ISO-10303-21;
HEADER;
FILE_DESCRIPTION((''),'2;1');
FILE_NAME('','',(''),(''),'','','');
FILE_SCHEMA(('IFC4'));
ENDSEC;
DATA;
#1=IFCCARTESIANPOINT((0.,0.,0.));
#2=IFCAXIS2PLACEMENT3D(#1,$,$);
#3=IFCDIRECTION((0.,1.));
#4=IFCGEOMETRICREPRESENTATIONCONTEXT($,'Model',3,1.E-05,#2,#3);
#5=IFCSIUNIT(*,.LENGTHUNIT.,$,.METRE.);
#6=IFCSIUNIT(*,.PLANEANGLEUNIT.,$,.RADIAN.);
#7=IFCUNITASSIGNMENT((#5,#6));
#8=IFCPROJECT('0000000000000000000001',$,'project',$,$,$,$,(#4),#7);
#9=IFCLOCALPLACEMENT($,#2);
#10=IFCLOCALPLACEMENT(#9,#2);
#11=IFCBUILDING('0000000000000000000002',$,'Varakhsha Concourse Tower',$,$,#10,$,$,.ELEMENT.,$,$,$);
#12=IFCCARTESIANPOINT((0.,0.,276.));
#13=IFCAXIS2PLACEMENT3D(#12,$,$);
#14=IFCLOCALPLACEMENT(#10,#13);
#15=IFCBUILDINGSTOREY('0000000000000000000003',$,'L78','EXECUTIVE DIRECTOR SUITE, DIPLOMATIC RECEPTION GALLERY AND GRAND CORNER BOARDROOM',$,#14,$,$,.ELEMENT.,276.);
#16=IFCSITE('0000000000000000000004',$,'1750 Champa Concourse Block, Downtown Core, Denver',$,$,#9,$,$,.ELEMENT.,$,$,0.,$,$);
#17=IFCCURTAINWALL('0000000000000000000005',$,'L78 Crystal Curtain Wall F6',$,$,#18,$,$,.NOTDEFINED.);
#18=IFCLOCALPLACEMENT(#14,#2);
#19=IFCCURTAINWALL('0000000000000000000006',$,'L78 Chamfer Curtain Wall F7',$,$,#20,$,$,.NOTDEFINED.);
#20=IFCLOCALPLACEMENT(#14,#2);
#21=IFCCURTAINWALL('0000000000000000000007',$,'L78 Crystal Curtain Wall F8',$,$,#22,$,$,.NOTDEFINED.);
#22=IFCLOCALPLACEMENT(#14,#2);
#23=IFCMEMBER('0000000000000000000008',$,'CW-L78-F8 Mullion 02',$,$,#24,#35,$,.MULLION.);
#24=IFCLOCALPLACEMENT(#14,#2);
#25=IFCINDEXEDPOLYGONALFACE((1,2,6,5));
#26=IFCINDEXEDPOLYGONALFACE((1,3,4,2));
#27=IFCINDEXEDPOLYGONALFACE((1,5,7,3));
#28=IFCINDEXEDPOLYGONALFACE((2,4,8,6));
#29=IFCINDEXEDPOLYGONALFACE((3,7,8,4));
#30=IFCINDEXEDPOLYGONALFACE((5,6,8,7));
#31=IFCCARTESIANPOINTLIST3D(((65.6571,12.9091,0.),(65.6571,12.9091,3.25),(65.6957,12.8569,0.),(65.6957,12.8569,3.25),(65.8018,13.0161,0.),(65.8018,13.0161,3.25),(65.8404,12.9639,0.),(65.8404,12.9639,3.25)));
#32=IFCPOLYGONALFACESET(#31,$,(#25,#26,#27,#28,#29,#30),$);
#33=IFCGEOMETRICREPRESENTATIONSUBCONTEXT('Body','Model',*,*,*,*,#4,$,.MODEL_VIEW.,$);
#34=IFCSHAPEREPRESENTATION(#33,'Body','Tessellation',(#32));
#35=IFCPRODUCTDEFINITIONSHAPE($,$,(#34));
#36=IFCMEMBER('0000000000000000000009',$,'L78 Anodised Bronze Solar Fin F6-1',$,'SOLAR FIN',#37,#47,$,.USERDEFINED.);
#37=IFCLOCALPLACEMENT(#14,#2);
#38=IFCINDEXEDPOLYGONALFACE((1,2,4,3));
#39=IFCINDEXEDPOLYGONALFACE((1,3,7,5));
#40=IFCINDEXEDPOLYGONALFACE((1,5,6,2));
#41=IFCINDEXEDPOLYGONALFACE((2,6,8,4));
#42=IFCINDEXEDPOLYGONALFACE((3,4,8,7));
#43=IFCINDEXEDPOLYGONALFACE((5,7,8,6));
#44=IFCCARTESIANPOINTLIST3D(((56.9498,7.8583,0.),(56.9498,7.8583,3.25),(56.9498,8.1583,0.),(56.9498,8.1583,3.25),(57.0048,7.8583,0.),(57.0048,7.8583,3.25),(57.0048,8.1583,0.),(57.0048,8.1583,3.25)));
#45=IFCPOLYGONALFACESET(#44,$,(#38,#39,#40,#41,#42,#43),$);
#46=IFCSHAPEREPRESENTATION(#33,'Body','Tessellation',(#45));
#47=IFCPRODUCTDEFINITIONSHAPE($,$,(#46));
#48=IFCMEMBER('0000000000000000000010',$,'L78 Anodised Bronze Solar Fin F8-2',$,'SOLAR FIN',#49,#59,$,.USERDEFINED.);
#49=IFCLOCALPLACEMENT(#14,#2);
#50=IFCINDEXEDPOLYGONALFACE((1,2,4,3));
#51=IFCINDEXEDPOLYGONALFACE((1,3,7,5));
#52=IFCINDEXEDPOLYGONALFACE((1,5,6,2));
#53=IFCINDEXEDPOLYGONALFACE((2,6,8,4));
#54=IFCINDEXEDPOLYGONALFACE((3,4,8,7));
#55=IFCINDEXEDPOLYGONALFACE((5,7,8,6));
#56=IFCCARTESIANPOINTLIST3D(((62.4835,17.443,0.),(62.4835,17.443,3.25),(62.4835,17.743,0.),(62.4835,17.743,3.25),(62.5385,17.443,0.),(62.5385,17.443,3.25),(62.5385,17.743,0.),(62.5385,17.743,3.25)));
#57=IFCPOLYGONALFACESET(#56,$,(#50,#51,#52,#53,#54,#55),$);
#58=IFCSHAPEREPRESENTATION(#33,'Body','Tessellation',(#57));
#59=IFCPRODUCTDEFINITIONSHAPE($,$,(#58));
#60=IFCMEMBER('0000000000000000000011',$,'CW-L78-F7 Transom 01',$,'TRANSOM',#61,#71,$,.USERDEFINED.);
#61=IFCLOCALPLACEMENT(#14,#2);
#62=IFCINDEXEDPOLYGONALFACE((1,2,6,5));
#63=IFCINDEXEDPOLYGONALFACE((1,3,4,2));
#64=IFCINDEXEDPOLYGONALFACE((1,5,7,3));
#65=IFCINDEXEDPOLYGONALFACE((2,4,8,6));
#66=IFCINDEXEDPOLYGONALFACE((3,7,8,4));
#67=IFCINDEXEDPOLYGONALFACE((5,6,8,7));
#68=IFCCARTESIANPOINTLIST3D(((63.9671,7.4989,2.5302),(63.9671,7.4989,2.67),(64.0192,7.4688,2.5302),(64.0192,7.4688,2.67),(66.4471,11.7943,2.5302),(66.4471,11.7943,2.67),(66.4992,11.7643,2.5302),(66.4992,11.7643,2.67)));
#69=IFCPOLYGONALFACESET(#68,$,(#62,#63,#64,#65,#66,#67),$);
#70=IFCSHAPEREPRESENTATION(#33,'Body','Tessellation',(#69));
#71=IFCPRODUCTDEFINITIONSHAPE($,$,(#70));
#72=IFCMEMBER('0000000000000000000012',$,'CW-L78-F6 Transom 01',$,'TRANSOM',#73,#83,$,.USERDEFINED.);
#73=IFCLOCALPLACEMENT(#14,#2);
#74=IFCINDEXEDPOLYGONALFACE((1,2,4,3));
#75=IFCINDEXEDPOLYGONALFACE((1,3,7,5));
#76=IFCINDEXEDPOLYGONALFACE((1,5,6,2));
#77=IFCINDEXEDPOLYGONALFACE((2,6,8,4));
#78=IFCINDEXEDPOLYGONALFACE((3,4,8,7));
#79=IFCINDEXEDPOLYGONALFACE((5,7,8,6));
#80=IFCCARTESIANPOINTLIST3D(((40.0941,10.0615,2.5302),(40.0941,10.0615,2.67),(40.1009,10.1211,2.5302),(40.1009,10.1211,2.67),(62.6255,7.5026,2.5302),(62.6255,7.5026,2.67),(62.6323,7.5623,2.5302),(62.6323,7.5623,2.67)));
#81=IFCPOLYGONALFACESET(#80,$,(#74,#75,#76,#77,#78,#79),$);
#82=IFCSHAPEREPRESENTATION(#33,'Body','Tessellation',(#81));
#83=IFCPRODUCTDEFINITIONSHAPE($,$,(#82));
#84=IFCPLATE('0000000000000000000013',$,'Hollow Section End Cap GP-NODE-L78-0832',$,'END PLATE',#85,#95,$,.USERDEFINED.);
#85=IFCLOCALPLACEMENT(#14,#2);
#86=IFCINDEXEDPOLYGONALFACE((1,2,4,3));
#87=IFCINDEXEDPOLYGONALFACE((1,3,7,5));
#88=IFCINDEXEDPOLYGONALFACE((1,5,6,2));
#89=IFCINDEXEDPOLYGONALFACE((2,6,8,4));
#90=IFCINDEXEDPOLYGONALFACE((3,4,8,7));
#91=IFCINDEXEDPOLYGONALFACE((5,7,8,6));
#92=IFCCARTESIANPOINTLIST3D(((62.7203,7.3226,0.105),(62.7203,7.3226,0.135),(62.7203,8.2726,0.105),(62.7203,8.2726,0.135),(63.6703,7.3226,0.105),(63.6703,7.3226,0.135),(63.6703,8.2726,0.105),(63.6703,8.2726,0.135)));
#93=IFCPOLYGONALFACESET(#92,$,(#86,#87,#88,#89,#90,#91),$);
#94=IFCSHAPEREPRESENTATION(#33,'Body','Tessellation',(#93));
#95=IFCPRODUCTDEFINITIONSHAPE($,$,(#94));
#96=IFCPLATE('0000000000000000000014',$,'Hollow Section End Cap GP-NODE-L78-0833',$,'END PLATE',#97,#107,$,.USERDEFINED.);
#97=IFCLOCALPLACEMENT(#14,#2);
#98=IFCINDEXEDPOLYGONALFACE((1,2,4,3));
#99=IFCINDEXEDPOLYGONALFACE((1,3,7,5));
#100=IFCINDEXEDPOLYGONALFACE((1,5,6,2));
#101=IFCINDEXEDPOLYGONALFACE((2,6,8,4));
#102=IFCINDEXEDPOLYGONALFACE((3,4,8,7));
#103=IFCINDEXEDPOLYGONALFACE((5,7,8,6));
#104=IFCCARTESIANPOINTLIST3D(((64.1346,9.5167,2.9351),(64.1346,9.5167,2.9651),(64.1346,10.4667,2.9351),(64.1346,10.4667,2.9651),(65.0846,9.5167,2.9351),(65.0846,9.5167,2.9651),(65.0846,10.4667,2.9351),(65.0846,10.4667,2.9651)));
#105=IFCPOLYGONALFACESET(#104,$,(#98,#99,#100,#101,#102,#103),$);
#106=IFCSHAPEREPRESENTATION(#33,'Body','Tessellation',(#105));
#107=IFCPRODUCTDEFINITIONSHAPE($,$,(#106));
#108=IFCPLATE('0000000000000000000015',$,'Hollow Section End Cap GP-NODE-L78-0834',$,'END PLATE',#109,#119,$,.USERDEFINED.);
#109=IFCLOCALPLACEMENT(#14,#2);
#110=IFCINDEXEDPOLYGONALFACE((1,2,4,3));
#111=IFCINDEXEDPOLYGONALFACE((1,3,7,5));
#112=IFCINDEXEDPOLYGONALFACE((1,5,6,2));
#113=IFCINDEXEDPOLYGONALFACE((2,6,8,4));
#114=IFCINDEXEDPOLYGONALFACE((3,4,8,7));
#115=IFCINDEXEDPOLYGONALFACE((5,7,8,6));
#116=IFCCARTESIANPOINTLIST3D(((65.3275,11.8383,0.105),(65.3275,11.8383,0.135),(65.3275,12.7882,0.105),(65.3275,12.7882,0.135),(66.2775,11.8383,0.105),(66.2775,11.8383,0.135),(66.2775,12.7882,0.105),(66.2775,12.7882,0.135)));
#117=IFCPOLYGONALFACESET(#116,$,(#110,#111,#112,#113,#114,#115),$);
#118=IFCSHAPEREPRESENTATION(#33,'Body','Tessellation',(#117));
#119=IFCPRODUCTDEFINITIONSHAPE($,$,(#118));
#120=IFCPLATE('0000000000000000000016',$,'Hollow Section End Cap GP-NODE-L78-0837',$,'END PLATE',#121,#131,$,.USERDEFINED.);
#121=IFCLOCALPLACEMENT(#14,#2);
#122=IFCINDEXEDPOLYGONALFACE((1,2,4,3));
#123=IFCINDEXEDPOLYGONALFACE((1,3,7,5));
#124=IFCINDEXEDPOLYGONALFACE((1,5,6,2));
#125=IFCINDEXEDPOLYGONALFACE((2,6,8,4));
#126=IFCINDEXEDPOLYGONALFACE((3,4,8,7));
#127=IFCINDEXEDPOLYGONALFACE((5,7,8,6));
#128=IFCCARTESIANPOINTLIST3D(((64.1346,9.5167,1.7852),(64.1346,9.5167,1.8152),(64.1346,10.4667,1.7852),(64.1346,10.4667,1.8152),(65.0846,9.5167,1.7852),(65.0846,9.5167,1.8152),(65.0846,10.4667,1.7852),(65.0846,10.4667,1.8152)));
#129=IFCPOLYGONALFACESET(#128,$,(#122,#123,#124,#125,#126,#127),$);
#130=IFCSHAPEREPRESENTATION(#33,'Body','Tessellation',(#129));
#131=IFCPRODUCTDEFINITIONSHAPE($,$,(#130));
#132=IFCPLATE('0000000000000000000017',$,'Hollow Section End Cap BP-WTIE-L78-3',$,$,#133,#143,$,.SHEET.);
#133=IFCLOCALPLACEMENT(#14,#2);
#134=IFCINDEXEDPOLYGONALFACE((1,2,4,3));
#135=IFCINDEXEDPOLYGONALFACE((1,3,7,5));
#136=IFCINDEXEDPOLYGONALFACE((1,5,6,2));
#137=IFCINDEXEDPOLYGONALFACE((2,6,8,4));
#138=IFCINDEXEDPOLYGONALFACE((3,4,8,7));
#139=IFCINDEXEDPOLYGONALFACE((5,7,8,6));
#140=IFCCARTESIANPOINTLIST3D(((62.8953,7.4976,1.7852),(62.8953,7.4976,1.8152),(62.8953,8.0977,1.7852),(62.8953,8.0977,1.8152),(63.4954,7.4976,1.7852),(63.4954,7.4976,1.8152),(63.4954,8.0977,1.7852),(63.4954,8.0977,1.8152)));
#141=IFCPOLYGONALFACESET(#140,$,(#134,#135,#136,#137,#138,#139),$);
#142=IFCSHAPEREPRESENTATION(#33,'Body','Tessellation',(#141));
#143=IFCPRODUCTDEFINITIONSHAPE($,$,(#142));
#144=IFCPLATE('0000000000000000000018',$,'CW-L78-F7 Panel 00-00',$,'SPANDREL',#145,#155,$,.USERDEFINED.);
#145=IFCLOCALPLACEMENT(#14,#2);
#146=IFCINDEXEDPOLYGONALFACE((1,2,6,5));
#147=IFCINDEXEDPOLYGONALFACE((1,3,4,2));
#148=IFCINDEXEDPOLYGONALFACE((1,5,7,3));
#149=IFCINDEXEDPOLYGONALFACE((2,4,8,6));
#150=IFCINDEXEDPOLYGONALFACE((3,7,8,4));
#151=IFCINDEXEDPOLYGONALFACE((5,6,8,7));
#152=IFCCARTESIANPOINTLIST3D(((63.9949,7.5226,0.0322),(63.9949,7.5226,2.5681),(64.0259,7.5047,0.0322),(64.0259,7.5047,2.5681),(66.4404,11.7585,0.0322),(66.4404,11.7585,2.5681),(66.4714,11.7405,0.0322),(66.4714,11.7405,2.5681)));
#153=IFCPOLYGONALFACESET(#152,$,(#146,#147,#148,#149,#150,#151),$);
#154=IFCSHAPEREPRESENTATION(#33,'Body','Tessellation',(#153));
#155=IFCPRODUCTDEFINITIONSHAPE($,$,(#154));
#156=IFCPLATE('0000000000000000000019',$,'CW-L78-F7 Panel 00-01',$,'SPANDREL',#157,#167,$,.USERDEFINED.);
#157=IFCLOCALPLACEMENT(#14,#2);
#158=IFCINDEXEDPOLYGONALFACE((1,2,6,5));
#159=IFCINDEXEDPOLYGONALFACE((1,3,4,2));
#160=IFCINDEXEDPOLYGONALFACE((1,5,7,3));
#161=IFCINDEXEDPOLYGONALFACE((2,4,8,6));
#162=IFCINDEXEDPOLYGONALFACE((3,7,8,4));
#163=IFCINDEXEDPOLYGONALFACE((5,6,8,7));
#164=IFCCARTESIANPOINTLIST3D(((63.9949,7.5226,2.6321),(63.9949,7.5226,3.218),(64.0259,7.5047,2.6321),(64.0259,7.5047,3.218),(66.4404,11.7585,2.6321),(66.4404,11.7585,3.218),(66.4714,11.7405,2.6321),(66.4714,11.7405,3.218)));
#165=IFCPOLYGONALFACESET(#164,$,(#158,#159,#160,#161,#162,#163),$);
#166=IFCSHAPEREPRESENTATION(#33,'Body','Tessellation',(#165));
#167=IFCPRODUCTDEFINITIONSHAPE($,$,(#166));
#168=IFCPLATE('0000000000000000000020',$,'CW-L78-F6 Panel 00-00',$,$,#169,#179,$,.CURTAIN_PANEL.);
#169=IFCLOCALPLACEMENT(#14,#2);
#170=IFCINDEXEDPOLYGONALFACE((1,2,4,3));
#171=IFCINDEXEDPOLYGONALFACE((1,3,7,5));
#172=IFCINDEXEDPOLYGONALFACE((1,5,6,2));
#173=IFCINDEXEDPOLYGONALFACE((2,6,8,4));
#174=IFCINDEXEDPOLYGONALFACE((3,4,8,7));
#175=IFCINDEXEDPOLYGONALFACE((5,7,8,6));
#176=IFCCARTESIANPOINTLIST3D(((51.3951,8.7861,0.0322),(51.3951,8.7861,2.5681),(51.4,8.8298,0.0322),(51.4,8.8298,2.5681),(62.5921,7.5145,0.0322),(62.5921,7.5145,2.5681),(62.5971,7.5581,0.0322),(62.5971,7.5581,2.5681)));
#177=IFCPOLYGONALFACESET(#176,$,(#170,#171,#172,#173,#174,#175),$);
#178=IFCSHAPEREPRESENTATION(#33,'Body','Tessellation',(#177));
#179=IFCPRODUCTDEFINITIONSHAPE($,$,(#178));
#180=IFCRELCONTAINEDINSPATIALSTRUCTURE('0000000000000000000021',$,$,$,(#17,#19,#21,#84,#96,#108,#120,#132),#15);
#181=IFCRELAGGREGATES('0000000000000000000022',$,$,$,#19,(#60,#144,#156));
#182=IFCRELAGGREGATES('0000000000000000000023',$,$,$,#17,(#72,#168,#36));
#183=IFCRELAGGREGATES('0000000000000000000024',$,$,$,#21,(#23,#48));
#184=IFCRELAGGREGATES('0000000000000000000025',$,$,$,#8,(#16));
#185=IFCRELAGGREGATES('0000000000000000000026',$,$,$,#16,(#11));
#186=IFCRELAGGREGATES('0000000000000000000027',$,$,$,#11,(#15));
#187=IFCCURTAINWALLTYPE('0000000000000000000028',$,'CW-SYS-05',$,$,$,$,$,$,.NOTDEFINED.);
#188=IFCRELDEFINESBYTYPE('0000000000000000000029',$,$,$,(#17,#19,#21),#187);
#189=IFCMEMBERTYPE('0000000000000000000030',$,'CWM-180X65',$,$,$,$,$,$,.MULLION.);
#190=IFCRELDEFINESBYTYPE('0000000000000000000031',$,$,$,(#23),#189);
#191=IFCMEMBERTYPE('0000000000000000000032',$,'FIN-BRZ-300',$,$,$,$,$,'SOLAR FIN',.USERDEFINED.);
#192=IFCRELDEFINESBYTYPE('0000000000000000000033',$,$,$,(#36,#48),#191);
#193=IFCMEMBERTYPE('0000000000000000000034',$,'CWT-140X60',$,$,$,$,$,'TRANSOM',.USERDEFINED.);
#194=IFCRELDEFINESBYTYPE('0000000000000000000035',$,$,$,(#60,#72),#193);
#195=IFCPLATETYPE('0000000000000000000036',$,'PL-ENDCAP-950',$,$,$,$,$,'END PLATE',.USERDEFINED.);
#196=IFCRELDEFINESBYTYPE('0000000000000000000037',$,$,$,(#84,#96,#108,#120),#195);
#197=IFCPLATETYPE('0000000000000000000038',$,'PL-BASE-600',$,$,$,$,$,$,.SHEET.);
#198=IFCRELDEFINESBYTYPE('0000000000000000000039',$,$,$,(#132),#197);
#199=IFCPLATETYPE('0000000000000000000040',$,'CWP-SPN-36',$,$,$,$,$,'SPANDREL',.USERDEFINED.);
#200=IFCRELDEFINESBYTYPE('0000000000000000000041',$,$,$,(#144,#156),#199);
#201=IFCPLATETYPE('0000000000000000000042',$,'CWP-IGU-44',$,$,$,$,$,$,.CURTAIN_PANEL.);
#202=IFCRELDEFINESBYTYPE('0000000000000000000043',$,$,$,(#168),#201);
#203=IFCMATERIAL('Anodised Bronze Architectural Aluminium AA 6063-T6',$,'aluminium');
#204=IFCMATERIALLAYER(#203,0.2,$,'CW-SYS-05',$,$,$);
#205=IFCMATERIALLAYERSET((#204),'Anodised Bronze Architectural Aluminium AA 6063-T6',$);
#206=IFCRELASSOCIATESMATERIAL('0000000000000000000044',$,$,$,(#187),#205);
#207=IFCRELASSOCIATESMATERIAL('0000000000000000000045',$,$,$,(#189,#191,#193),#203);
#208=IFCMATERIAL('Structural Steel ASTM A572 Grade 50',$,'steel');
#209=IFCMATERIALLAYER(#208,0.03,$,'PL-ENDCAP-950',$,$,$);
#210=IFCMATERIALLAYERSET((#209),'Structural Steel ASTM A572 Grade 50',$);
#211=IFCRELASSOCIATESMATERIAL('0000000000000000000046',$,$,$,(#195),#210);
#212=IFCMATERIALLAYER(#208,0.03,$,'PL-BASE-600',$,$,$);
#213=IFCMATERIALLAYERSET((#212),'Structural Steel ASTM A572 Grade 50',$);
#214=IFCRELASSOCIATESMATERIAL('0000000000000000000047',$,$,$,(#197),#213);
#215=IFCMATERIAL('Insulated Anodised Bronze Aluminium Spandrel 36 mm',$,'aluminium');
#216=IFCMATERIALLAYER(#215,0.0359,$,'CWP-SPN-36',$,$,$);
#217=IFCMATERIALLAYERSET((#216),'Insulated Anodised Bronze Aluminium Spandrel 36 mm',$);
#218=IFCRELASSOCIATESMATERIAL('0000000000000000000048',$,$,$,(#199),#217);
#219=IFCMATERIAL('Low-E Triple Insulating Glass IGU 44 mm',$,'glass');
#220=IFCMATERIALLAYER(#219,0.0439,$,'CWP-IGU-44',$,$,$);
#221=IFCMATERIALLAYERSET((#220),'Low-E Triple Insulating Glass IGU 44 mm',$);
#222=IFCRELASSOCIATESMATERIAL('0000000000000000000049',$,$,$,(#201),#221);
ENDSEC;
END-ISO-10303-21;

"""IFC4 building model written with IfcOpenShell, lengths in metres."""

from ifc_helpers import new_model, si_unit, direction, frame, origin, origin_2d, place, context, subcontext, project, spatial, rectangle, extrude, source, transform, mapped, material, layer, layer_set, material_profile, profile_set, type_object, type_shapes, element, aggregate, save


model = new_model("IFC4")

# Units and contexts
model_context = context("Model", 3, precision=1e-05, world=origin(), true_north=direction((0.0, 1.0)))
body_context = subcontext(model_context, "Body", "Model", "MODEL_VIEW")
ifc_project = project(units=[si_unit("LENGTHUNIT", "METRE"), si_unit("PLANEANGLEUNIT", "RADIAN")], contexts=[model_context])

# Site, building, storey
site_placement = place(None, origin())
site = spatial("IfcSite", under=ifc_project, at=site_placement, Name="1750 Champa Concourse Block, Downtown Core, Denver", CompositionType="ELEMENT", RefElevation=0.0)
building_placement = place(site_placement, origin())
building = spatial("IfcBuilding", under=site, at=building_placement, Name="Varakhsha Concourse Tower", CompositionType="ELEMENT")
storey_placement = place(building_placement, frame((0.0, 0.0, 276.0)))
storey = spatial("IfcBuildingStorey", under=building, at=storey_placement, Name="L78", Description="EXECUTIVE DIRECTOR SUITE, DIPLOMATIC RECEPTION GALLERY AND GRAND CORNER BOARDROOM", CompositionType="ELEMENT", Elevation=276.0)

# Shared definitions
ifc_material_1 = material(Name="Structural Steel ASTM A572 Grade 50", Category="steel")

# Curtain wall
ifc_material_2 = material(Name="Anodised Bronze Architectural Aluminium AA 6063-T6", Category="aluminium")
ifc_layer_1 = layer(ifc_material_2, 0.2, Name="CW-SYS-05")
ifc_layer_set_1 = layer_set([ifc_layer_1], Name="Anodised Bronze Architectural Aluminium AA 6063-T6")
curtain_wall_type = type_object("IfcCurtainWallType", Name="CW-SYS-05", PredefinedType="NOTDEFINED", material=ifc_layer_set_1)
curtain_wall_1_placement = place(storey_placement, origin())
curtain_wall_1 = element("IfcCurtainWall", 1, at=curtain_wall_1_placement, inside=storey, type_object=curtain_wall_type, Name="L78 Crystal Curtain Wall F6", PredefinedType="NOTDEFINED")
ifc_material_profile_1 = material_profile(ifc_material_2, rectangle(XDim=0.0649, YDim=0.1799, at=origin_2d()), Name="CWM-180X65")
ifc_profile_set_1 = profile_set([ifc_material_profile_1], Name="Anodised Bronze Architectural Aluminium AA 6063-T6")
member_type_1 = type_object("IfcMemberType", Name="CWM-180X65", PredefinedType="MULLION", material=ifc_profile_set_1)
shared_shape_1 = source(origin(), body_context, "Body", "SweptSolid", [
    extrude(rectangle(XDim=0.0649, YDim=0.1799, at=origin_2d()), origin(), (0.0, 0.0, 1.0), 3.25),
])
type_shapes(member_type_1, [shared_shape_1])

# Curtain wall
curtain_wall_2_placement = place(storey_placement, origin())
curtain_wall_2 = element("IfcCurtainWall", 2, at=curtain_wall_2_placement, inside=storey, type_object=curtain_wall_type, Name="L78 Chamfer Curtain Wall F7", PredefinedType="NOTDEFINED")

# Curtain wall, member
curtain_wall_3_placement = place(storey_placement, origin())
curtain_wall_3 = element("IfcCurtainWall", 3, at=curtain_wall_3_placement, inside=storey, type_object=curtain_wall_type, Name="L78 Crystal Curtain Wall F8", PredefinedType="NOTDEFINED")
member_1_placement = place(storey_placement, frame((65.7488, 12.9365, 0.0), z_axis=(0.0, 0.0, 1.0), x_axis=(0.594534, -0.804071, 0.0)))
member_1 = element("IfcMember", 4, at=member_1_placement, type_object=member_type_1, Name="CW-L78-F8 Mullion 02", PredefinedType="MULLION", context=body_context, shape_type="MappedRepresentation", body=[
    mapped(shared_shape_1, transform((0.0, 0.0, 0.0), scale=1.0)),
])

# Members
ifc_material_profile_2 = material_profile(ifc_material_2, rectangle(XDim=0.0549, YDim=0.3, at=origin_2d()), Name="FIN-BRZ-300")
ifc_profile_set_2 = profile_set([ifc_material_profile_2], Name="Anodised Bronze Architectural Aluminium AA 6063-T6")
member_type_2 = type_object("IfcMemberType", Name="FIN-BRZ-300", ElementType="SOLAR FIN", PredefinedType="USERDEFINED", material=ifc_profile_set_2)
shared_shape_2 = source(origin(), body_context, "Body", "SweptSolid", [
    extrude(rectangle(XDim=0.0549, YDim=0.3, at=origin_2d()), origin(), (0.0, 0.0, 1.0), 3.25),
])
type_shapes(member_type_2, [shared_shape_2])
member_2_placement = place(storey_placement, frame((56.9773, 8.0083, 0.0), z_axis=(0.0, 0.0, 1.0), x_axis=(1.0, 0.0, 0.0)))
member_2 = element("IfcMember", 5, at=member_2_placement, type_object=member_type_2, Name="L78 Anodised Bronze Solar Fin F6-1", ObjectType="SOLAR FIN", PredefinedType="USERDEFINED", context=body_context, shape_type="MappedRepresentation", body=[
    mapped(shared_shape_2, transform((0.0, 0.0, 0.0), scale=1.0)),
])
member_3_placement = place(storey_placement, frame((62.511, 17.593, 0.0), z_axis=(0.0, 0.0, 1.0), x_axis=(1.0, 0.0, 0.0)))
member_3 = element("IfcMember", 6, at=member_3_placement, type_object=member_type_2, Name="L78 Anodised Bronze Solar Fin F8-2", ObjectType="SOLAR FIN", PredefinedType="USERDEFINED", context=body_context, shape_type="MappedRepresentation", body=[
    mapped(shared_shape_2, transform((0.0, 0.0, 0.0), scale=1.0)),
])
ifc_material_profile_3 = material_profile(ifc_material_2, rectangle(XDim=0.0601, YDim=0.1399, at=origin_2d()), Name="CWT-140X60")
ifc_profile_set_3 = profile_set([ifc_material_profile_3], Name="Anodised Bronze Architectural Aluminium AA 6063-T6")
member_type_3 = type_object("IfcMemberType", Name="CWT-140X60", ElementType="TRANSOM", PredefinedType="USERDEFINED", material=ifc_profile_set_3)
shared_shape_3 = source(origin(), body_context, "Body", "SweptSolid", [
    extrude(rectangle(XDim=0.0601, YDim=0.1399, at=origin_2d()), origin(), (0.0, 0.0, 1.0), 4.96),
])
member_4_placement = place(storey_placement, frame((66.4731, 11.7793, 2.6001), z_axis=(-0.500004, -0.866023, 0.0), x_axis=(0.866023, -0.500004, 0.0)))
member_4 = element("IfcMember", 7, at=member_4_placement, type_object=member_type_3, Name="CW-L78-F7 Transom 01", ObjectType="TRANSOM", PredefinedType="USERDEFINED", context=body_context, shape_type="MappedRepresentation", body=[
    mapped(shared_shape_3, transform((0.0, 0.0, 0.0), scale=1.0)),
])
shared_shape_4 = source(origin(), body_context, "Body", "SweptSolid", [
    extrude(rectangle(XDim=0.0601, YDim=0.1399, at=origin_2d()), origin(), (0.0, 0.0, 1.0), 22.6763),
])
type_shapes(member_type_3, [shared_shape_3, shared_shape_4])
member_5_placement = place(storey_placement, frame((62.6289, 7.5325, 2.6001), z_axis=(-0.993613, 0.112842, 0.0), x_axis=(-0.112842, -0.993613, 0.0)))
member_5 = element("IfcMember", 8, at=member_5_placement, type_object=member_type_3, Name="CW-L78-F6 Transom 01", ObjectType="TRANSOM", PredefinedType="USERDEFINED", context=body_context, shape_type="MappedRepresentation", body=[
    mapped(shared_shape_4, transform((0.0, 0.0, 0.0), scale=1.0)),
])

# Plates
ifc_layer_2 = layer(ifc_material_1, 0.03, Name="PL-ENDCAP-950")
ifc_layer_set_2 = layer_set([ifc_layer_2], Name="Structural Steel ASTM A572 Grade 50")
plate_type_1 = type_object("IfcPlateType", Name="PL-ENDCAP-950", ElementType="END PLATE", PredefinedType="USERDEFINED", material=ifc_layer_set_2)
shared_shape_5 = source(origin(), body_context, "Body", "SweptSolid", [
    extrude(rectangle(XDim=0.95, YDim=0.95, at=origin_2d()), origin(), (0.0, 0.0, 1.0), 0.03),
])
type_shapes(plate_type_1, [shared_shape_5])
for number, where, z_axis, x_axis, name in (
    (9, (63.1953, 7.7976, 0.105), (0.0, 0.0, 1.0), (1.0, 0.0, 0.0), "Hollow Section End Cap GP-NODE-L78-0832"),
    (10, (64.6096, 9.9917, 2.9351), (0.0, 0.0, 1.0), (1.0, 0.0, 0.0), "Hollow Section End Cap GP-NODE-L78-0833"),
    (11, (65.8025, 12.3132, 0.105), (0.0, 0.0, 1.0), (1.0, 0.0, 0.0), "Hollow Section End Cap GP-NODE-L78-0834"),
    (12, (64.6096, 9.9917, 1.7852), (0.0, 0.0, 1.0), (1.0, 0.0, 0.0), "Hollow Section End Cap GP-NODE-L78-0837"),
):
    element("IfcPlate", number, at=place(storey_placement, frame(where, z_axis=z_axis, x_axis=x_axis)), inside=storey, type_object=plate_type_1, Name=name, ObjectType="END PLATE", PredefinedType="USERDEFINED", context=body_context, shape_type="MappedRepresentation", body=[
        mapped(shared_shape_5, transform((0.0, 0.0, 0.0), scale=1.0)),
    ])
ifc_layer_3 = layer(ifc_material_1, 0.03, Name="PL-BASE-600")
ifc_layer_set_3 = layer_set([ifc_layer_3], Name="Structural Steel ASTM A572 Grade 50")
plate_type_2 = type_object("IfcPlateType", Name="PL-BASE-600", PredefinedType="SHEET", material=ifc_layer_set_3)
shared_shape_6 = source(origin(), body_context, "Body", "SweptSolid", [
    extrude(rectangle(XDim=0.6001, YDim=0.6001, at=origin_2d()), origin(), (0.0, 0.0, 1.0), 0.03),
])
type_shapes(plate_type_2, [shared_shape_6])
plate_1_placement = place(storey_placement, frame((63.1953, 7.7976, 1.7852), z_axis=(0.0, 0.0, 1.0), x_axis=(1.0, 0.0, 0.0)))
element("IfcPlate", 13, at=plate_1_placement, inside=storey, type_object=plate_type_2, Name="Hollow Section End Cap BP-WTIE-L78-3", PredefinedType="SHEET", context=body_context, shape_type="MappedRepresentation", body=[
    mapped(shared_shape_6, transform((0.0, 0.0, 0.0), scale=1.0)),
])

# Plates
ifc_material_3 = material(Name="Insulated Anodised Bronze Aluminium Spandrel 36 mm", Category="aluminium")
ifc_layer_4 = layer(ifc_material_3, 0.0359, Name="CWP-SPN-36")
ifc_layer_set_4 = layer_set([ifc_layer_4], Name="Insulated Anodised Bronze Aluminium Spandrel 36 mm")
plate_type_3 = type_object("IfcPlateType", Name="CWP-SPN-36", ElementType="SPANDREL", PredefinedType="USERDEFINED", material=ifc_layer_set_4)
shared_shape_7 = source(origin(), body_context, "Body", "SweptSolid", [
    extrude(rectangle(XDim=4.8911, YDim=0.0359, at=origin_2d()), origin(), (0.0, 0.0, 1.0), 2.5359),
])
plate_2_placement = place(storey_placement, frame((65.2332, 9.6316, 0.0322), z_axis=(0.0, 0.0, 1.0), x_axis=(-0.499989, -0.866032, 0.0)))
plate_2 = element("IfcPlate", 14, at=plate_2_placement, type_object=plate_type_3, Name="CW-L78-F7 Panel 00-00", ObjectType="SPANDREL", PredefinedType="USERDEFINED", context=body_context, shape_type="MappedRepresentation", body=[
    mapped(shared_shape_7, transform((0.0, 0.0, 0.0), scale=1.0)),
])
shared_shape_8 = source(origin(), body_context, "Body", "SweptSolid", [
    extrude(rectangle(XDim=4.8911, YDim=0.0359, at=origin_2d()), origin(), (0.0, 0.0, 1.0), 0.5859),
])
plate_3_placement = place(storey_placement, frame((65.2332, 9.6316, 2.6321), z_axis=(0.0, 0.0, 1.0), x_axis=(-0.499989, -0.866032, 0.0)))
plate_3 = element("IfcPlate", 15, at=plate_3_placement, type_object=plate_type_3, Name="CW-L78-F7 Panel 00-01", ObjectType="SPANDREL", PredefinedType="USERDEFINED", context=body_context, shape_type="MappedRepresentation", body=[
    mapped(shared_shape_8, transform((0.0, 0.0, 0.0), scale=1.0)),
])
aggregate(curtain_wall_2, [member_4, plate_2, plate_3])
ifc_material_4 = material(Name="Low-E Triple Insulating Glass IGU 44 mm", Category="glass")
ifc_layer_5 = layer(ifc_material_4, 0.0439, Name="CWP-IGU-44")
ifc_layer_set_5 = layer_set([ifc_layer_5], Name="Low-E Triple Insulating Glass IGU 44 mm")
plate_type_4 = type_object("IfcPlateType", Name="CWP-IGU-44", PredefinedType="CURTAIN_PANEL", material=ifc_layer_set_5)
shared_shape_9 = source(origin(), body_context, "Body", "SweptSolid", [
    extrude(rectangle(XDim=11.269, YDim=0.0439, at=origin_2d()), origin(), (0.0, 0.0, 1.0), 2.5359),
])
type_shapes(plate_type_4, [shared_shape_9])
plate_4_placement = place(storey_placement, frame((56.9961, 8.1721, 0.0322), z_axis=(0.0, 0.0, 1.0), x_axis=(-0.993613, 0.112844, 0.0)))
plate_4 = element("IfcPlate", 16, at=plate_4_placement, type_object=plate_type_4, Name="CW-L78-F6 Panel 00-00", PredefinedType="CURTAIN_PANEL", context=body_context, shape_type="MappedRepresentation", body=[
    mapped(shared_shape_9, transform((0.0, 0.0, 0.0), scale=1.0)),
])
aggregate(curtain_wall_1, [member_5, plate_4, member_2])
aggregate(curtain_wall_3, [member_1, member_3])

save(model, "model.ifc")
